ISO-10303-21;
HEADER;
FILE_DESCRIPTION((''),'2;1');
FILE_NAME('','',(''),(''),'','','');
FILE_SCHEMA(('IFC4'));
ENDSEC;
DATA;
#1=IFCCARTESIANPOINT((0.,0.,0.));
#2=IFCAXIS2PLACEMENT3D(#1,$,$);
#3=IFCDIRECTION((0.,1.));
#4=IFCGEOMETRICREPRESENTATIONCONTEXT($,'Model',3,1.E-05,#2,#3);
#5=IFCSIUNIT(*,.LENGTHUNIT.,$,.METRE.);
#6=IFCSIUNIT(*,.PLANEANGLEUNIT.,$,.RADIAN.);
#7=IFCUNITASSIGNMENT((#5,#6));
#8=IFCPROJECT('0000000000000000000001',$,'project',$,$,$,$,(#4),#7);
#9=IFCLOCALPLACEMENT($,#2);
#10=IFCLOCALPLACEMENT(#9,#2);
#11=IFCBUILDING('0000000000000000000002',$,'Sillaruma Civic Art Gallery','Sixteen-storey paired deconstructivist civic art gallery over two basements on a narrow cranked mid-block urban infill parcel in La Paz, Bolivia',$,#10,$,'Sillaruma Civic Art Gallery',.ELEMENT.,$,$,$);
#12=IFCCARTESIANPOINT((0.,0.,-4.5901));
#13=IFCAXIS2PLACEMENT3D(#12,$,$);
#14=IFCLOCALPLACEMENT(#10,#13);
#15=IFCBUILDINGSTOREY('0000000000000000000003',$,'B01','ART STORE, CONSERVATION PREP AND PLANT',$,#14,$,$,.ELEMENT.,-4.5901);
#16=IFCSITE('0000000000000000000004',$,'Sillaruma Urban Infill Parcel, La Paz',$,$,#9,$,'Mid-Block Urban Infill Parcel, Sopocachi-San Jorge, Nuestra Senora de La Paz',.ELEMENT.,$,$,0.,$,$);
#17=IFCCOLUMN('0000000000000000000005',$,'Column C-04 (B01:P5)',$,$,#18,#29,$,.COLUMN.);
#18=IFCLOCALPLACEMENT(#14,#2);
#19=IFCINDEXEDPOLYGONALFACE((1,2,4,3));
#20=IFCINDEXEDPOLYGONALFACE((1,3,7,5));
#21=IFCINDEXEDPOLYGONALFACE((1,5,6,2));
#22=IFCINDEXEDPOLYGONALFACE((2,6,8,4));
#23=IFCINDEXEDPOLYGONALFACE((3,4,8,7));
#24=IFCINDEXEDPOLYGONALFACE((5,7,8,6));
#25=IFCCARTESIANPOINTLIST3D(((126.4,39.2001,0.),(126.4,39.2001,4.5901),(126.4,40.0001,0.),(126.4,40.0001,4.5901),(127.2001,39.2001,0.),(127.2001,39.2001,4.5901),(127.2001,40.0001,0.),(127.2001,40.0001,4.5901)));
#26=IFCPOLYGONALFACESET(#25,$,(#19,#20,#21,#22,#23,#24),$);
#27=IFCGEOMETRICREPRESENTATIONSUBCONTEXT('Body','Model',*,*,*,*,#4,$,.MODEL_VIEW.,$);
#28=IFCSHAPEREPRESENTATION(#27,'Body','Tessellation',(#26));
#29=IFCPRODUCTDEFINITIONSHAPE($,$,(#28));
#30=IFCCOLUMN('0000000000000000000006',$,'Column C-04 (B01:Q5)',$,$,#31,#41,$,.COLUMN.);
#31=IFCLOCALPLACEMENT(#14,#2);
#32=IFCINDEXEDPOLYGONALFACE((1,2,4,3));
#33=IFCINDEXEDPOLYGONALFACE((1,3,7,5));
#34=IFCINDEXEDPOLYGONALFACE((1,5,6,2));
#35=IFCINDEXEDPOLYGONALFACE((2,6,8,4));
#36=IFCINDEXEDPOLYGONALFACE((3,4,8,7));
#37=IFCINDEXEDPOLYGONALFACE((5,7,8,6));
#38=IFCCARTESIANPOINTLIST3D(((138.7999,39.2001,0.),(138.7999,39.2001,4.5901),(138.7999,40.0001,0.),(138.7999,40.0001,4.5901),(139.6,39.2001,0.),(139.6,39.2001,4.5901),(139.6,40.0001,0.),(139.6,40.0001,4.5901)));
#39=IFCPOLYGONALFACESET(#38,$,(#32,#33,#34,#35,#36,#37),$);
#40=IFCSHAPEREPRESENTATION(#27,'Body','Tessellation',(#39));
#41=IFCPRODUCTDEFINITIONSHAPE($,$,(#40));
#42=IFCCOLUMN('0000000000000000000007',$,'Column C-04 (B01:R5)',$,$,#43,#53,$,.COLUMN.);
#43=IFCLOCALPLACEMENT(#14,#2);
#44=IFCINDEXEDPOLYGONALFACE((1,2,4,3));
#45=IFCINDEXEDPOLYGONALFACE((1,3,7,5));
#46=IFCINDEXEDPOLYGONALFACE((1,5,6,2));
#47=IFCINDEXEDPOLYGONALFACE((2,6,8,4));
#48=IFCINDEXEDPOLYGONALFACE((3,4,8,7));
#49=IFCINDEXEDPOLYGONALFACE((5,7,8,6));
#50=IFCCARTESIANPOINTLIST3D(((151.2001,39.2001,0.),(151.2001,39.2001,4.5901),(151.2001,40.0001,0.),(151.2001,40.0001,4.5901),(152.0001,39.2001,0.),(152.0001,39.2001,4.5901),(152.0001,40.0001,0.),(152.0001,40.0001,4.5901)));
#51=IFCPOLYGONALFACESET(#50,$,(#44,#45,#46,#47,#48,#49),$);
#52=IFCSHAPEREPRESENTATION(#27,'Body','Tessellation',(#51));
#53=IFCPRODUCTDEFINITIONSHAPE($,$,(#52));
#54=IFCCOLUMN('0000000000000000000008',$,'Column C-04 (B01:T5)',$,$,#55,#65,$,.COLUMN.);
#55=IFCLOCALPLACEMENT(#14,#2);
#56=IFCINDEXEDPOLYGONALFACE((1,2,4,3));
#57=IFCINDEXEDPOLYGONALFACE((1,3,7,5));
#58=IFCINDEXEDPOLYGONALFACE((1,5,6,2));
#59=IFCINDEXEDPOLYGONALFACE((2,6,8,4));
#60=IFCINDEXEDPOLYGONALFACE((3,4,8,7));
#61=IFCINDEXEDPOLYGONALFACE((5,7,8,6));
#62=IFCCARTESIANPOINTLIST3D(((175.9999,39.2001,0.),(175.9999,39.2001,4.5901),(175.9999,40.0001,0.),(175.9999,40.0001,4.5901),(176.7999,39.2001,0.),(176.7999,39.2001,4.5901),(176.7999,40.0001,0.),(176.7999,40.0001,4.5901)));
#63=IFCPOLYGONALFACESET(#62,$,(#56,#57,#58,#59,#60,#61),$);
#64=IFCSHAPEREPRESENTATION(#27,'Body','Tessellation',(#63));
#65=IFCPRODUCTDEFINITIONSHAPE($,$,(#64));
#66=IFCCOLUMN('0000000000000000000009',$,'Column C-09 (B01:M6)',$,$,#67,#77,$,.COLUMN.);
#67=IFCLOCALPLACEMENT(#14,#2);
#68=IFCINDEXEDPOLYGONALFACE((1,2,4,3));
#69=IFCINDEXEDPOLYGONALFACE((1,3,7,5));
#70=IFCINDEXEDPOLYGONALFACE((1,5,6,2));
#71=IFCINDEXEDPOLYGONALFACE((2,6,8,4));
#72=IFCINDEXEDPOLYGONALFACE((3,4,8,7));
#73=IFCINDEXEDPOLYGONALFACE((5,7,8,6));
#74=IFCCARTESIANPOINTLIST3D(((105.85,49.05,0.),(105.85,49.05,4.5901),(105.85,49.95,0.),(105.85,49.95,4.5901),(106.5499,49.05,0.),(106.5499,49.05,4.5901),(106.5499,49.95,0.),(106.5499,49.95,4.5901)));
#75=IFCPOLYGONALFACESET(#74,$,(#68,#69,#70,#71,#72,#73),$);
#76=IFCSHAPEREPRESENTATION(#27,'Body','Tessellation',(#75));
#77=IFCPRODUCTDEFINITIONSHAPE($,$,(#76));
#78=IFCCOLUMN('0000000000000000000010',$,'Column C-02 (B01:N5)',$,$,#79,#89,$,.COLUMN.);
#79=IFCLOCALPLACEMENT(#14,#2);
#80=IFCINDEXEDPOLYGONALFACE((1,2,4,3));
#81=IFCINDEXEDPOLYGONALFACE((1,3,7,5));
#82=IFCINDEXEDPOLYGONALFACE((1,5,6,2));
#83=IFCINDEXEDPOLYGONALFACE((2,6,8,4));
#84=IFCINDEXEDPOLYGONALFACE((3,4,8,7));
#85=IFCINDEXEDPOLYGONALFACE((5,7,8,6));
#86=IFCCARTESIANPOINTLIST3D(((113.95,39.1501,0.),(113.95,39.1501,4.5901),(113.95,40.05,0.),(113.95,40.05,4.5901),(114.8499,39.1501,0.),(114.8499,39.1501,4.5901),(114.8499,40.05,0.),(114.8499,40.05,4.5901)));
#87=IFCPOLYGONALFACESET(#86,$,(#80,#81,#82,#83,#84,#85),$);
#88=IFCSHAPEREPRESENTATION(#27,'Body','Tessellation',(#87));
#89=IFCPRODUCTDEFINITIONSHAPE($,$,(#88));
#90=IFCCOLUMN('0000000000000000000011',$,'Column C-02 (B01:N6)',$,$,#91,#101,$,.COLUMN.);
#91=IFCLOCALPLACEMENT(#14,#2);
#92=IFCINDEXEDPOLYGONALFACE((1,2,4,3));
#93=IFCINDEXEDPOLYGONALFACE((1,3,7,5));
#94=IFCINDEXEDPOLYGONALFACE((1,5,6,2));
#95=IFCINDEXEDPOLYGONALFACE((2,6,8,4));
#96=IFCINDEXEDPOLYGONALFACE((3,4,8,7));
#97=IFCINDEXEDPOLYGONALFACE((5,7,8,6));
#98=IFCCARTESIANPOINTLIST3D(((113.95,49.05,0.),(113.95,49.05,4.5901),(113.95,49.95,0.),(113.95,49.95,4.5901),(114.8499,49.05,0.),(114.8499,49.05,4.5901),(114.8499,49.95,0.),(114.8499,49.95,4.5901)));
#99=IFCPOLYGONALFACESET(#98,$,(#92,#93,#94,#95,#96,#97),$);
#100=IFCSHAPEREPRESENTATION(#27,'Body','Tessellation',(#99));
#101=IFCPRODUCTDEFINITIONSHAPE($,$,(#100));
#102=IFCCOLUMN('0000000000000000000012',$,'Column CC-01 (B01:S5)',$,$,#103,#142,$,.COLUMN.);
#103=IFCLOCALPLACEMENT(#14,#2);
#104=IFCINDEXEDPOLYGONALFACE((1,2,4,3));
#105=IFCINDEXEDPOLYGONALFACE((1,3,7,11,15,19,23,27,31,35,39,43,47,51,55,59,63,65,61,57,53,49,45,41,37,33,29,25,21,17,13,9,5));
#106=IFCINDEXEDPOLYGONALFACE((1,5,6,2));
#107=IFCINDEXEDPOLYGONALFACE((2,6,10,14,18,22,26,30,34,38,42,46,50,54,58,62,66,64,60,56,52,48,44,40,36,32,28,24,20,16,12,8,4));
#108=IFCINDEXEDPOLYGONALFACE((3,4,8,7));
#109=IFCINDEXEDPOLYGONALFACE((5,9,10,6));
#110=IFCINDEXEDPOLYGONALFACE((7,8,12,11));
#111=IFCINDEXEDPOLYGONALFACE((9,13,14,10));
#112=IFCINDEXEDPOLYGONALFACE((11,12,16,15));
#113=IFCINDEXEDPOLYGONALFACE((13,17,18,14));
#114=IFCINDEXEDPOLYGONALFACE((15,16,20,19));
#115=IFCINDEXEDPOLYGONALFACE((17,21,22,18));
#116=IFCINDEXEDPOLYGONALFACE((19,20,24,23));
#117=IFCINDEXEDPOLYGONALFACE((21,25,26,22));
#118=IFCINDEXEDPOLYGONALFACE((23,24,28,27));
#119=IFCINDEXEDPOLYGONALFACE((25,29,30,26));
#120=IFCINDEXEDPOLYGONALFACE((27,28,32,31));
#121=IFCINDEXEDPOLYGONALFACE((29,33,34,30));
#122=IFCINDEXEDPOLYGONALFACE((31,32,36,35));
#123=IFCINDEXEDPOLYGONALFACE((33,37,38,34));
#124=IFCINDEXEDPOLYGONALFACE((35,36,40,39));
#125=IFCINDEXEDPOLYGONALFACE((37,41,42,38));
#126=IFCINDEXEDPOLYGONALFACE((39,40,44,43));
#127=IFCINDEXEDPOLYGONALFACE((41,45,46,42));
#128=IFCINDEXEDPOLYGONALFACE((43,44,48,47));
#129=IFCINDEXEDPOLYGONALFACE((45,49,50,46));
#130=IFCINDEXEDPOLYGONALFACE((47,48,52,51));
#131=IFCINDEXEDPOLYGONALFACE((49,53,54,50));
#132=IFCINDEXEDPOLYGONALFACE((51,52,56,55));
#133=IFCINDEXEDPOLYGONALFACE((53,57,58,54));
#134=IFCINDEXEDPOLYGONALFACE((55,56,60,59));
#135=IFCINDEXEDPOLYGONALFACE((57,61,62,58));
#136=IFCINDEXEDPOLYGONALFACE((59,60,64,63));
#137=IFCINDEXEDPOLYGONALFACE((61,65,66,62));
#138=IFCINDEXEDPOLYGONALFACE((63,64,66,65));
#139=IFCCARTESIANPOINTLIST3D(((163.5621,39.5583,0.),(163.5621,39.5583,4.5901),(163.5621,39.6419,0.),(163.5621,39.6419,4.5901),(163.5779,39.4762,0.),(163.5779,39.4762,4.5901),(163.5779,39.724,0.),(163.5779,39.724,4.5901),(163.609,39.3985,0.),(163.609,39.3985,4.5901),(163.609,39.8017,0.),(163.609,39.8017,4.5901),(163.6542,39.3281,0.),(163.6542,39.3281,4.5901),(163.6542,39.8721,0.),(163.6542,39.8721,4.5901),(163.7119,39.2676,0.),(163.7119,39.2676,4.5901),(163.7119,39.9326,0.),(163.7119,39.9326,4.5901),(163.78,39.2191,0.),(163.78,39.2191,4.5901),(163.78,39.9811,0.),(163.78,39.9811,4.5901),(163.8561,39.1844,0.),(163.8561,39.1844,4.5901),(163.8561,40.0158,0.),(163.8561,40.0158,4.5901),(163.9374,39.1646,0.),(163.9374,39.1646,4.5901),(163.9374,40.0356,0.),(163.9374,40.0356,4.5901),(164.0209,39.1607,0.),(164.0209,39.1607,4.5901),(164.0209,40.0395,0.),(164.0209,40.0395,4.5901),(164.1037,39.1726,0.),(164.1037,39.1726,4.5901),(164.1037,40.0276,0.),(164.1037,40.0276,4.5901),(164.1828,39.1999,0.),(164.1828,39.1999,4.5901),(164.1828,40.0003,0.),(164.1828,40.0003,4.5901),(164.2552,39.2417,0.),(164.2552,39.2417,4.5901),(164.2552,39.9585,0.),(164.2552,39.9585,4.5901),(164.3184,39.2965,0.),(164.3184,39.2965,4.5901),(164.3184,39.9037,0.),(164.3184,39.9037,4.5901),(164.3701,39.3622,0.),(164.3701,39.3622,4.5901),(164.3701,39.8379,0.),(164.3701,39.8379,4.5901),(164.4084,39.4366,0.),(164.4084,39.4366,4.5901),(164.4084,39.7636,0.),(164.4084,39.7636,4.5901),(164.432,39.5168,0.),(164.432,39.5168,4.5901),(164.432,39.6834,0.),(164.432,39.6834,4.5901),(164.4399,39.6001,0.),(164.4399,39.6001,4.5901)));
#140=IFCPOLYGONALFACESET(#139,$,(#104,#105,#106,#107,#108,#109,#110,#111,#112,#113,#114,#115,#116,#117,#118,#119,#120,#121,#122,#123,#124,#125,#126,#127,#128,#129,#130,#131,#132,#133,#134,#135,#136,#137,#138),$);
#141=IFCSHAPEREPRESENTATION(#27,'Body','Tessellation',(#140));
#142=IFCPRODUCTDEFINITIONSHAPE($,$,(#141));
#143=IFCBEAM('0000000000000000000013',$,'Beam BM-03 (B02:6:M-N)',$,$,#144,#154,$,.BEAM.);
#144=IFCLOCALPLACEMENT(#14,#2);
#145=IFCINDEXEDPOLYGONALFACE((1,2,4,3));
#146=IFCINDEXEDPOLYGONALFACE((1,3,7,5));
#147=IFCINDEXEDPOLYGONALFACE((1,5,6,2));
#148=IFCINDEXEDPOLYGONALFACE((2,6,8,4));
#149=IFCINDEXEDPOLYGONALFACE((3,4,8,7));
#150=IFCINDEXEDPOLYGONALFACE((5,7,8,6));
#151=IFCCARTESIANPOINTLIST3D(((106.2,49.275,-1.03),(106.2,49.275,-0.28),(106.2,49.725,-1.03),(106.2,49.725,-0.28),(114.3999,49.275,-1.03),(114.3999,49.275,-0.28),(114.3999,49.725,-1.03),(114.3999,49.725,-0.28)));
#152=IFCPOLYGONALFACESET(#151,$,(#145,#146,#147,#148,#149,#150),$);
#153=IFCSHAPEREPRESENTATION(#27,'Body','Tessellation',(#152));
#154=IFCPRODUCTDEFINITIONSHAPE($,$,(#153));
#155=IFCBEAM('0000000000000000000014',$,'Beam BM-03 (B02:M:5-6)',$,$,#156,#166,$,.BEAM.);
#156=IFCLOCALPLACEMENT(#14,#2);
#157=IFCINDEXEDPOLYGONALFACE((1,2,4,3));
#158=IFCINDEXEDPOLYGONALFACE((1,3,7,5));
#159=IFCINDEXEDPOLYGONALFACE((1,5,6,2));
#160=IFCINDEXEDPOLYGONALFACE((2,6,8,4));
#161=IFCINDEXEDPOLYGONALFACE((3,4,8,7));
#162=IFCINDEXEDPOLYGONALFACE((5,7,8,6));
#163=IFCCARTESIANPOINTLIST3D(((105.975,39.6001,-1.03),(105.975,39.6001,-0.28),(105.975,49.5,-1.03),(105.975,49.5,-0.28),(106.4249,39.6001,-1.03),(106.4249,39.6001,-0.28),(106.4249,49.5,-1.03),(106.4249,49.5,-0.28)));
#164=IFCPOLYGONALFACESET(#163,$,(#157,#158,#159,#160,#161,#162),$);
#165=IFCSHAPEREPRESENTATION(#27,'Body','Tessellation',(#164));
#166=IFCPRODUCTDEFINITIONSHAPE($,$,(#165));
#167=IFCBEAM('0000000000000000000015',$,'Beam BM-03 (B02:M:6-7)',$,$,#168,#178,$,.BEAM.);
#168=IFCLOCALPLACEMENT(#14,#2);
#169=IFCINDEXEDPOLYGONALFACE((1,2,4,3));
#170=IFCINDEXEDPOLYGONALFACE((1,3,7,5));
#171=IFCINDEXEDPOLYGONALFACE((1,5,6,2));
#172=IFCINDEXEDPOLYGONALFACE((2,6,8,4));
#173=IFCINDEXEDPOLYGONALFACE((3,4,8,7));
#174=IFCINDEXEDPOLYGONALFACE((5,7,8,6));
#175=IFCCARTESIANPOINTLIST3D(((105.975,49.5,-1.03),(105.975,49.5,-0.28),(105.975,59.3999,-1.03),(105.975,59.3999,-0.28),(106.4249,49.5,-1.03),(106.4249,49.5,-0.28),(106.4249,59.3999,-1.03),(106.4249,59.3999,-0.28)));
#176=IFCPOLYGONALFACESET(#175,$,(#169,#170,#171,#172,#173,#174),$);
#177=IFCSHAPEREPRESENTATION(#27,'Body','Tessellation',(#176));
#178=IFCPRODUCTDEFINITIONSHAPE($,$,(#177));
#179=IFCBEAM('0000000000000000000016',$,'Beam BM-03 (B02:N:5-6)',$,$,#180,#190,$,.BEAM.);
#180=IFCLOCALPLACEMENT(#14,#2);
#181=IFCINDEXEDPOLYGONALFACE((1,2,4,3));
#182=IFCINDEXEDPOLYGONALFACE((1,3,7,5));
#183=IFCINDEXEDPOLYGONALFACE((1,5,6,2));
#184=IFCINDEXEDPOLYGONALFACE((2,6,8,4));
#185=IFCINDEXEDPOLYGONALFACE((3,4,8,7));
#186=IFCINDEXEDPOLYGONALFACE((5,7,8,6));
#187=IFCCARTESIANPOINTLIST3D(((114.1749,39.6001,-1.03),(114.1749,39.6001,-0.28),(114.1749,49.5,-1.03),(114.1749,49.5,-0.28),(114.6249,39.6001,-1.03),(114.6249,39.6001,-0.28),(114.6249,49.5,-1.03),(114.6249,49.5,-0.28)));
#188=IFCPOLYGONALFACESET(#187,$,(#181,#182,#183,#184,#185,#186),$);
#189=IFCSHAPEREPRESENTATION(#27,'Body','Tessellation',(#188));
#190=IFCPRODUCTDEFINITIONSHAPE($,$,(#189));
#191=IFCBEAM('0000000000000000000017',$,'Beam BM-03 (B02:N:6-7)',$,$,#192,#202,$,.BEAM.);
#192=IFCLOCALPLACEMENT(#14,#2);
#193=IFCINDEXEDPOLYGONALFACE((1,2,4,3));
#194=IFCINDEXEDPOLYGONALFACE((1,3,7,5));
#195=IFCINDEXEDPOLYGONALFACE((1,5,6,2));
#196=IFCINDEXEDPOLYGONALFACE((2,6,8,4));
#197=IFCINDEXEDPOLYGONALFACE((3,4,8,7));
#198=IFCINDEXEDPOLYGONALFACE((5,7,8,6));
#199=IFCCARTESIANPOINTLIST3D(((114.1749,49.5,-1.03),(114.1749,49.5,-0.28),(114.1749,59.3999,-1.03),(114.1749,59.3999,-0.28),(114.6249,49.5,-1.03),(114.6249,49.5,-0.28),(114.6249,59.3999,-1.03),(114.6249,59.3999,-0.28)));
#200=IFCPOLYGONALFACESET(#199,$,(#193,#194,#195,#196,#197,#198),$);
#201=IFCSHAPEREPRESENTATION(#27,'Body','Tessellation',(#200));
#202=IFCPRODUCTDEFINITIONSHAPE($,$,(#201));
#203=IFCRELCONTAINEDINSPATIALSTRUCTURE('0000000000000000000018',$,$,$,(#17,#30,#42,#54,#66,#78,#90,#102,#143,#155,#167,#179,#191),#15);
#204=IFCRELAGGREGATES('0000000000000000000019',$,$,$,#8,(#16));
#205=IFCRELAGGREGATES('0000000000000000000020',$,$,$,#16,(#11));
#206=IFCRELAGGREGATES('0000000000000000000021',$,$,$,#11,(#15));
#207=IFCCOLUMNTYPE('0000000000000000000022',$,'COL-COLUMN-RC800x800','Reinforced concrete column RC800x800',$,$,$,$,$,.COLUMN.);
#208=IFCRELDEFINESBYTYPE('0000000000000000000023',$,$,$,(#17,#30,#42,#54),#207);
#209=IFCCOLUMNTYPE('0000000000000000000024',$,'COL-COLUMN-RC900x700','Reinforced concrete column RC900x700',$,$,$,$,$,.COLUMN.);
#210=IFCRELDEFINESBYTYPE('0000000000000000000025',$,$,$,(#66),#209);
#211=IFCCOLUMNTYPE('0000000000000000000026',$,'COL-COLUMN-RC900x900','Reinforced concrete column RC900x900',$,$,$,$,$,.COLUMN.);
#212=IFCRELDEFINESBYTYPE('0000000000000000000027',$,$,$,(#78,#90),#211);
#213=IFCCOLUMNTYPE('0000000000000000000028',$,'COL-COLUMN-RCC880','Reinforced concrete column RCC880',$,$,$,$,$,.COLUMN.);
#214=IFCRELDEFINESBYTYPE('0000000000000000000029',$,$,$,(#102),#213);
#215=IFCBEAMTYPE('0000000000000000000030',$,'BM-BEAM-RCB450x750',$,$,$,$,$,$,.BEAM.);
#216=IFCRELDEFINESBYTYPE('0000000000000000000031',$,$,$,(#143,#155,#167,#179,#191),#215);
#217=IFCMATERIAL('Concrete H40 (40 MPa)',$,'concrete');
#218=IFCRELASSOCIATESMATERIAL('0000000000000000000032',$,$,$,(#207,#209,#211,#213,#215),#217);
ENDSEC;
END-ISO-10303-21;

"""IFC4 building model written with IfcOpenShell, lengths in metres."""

from ifc_helpers import new_model, si_unit, direction, frame, origin, origin_2d, place, context, subcontext, project, spatial, rectangle, circle, extrude, material, material_profile, profile_set, type_object, element, save


model = new_model("IFC4")

# Units and contexts
model_context = context("Model", 3, precision=1e-05, world=origin(), true_north=direction((0.0, 1.0)))
body_context = subcontext(model_context, "Body", "Model", "MODEL_VIEW")
ifc_project = project(units=[si_unit("LENGTHUNIT", "METRE"), si_unit("PLANEANGLEUNIT", "RADIAN")], contexts=[model_context])

# Site, building, storey
site_placement = place(None, origin())
site = spatial("IfcSite", under=ifc_project, at=site_placement, Name="Sillaruma Urban Infill Parcel, La Paz", LongName="Mid-Block Urban Infill Parcel, Sopocachi-San Jorge, Nuestra Senora de La Paz", CompositionType="ELEMENT", RefElevation=0.0)
building_placement = place(site_placement, origin())
building = spatial("IfcBuilding", under=site, at=building_placement, Name="Sillaruma Civic Art Gallery", Description="Sixteen-storey paired deconstructivist civic art gallery over two basements on a narrow cranked mid-block urban infill parcel in La Paz, Bolivia", LongName="Sillaruma Civic Art Gallery", CompositionType="ELEMENT")
storey_placement = place(building_placement, frame((0.0, 0.0, -4.5901)))
storey = spatial("IfcBuildingStorey", under=building, at=storey_placement, Name="B01", Description="ART STORE, CONSERVATION PREP AND PLANT", CompositionType="ELEMENT", Elevation=-4.5901)

# Columns
ifc_material = material(Name="Concrete H40 (40 MPa)", Category="concrete")
ifc_material_profile_1 = material_profile(ifc_material, rectangle(XDim=0.8, YDim=0.8, at=origin_2d()), Name="RC800x800")
ifc_profile_set_1 = profile_set([ifc_material_profile_1], Name="Concrete H40 (40 MPa)")
column_type_1 = type_object("IfcColumnType", Name="COL-COLUMN-RC800x800", Description="Reinforced concrete column RC800x800", PredefinedType="COLUMN", material=ifc_profile_set_1)
for number, where, z_axis, x_axis, name in (
    (1, (126.8, 39.6001, 0.0), (0.0, 0.0, 1.0), (1.0, 0.0, 0.0), "Column C-04 (B01:P5)"),
    (2, (139.2, 39.6001, 0.0), (0.0, 0.0, 1.0), (1.0, 0.0, 0.0), "Column C-04 (B01:Q5)"),
    (3, (151.6001, 39.6001, 0.0), (0.0, 0.0, 1.0), (1.0, 0.0, 0.0), "Column C-04 (B01:R5)"),
    (4, (176.3999, 39.6001, 0.0), (0.0, 0.0, 1.0), (1.0, 0.0, 0.0), "Column C-04 (B01:T5)"),
):
    element("IfcColumn", number, at=place(storey_placement, frame(where, z_axis=z_axis, x_axis=x_axis)), inside=storey, type_object=column_type_1, Name=name, PredefinedType="COLUMN", context=body_context, shape_type="SweptSolid", body=[
        extrude(rectangle(XDim=0.8, YDim=0.8, at=origin_2d()), origin(), (0.0, 0.0, 1.0), 4.5901),
    ])
ifc_material_profile_2 = material_profile(ifc_material, rectangle(XDim=0.7, YDim=0.8999, at=origin_2d()), Name="RC900x700")
ifc_profile_set_2 = profile_set([ifc_material_profile_2], Name="Concrete H40 (40 MPa)")
column_type_2 = type_object("IfcColumnType", Name="COL-COLUMN-RC900x700", Description="Reinforced concrete column RC900x700", PredefinedType="COLUMN", material=ifc_profile_set_2)
column_1_placement = place(storey_placement, frame((106.2, 49.5, 0.0), z_axis=(0.0, 0.0, 1.0), x_axis=(1.0, 0.0, 0.0)))
element("IfcColumn", 5, at=column_1_placement, inside=storey, type_object=column_type_2, Name="Column C-09 (B01:M6)", PredefinedType="COLUMN", context=body_context, shape_type="SweptSolid", body=[
    extrude(rectangle(XDim=0.7, YDim=0.8999, at=origin_2d()), origin(), (0.0, 0.0, 1.0), 4.5901),
])
ifc_material_profile_3 = material_profile(ifc_material, rectangle(XDim=0.8999, YDim=0.8999, at=origin_2d()), Name="RC900x900")
ifc_profile_set_3 = profile_set([ifc_material_profile_3], Name="Concrete H40 (40 MPa)")
column_type_3 = type_object("IfcColumnType", Name="COL-COLUMN-RC900x900", Description="Reinforced concrete column RC900x900", PredefinedType="COLUMN", material=ifc_profile_set_3)
for number, where, z_axis, x_axis, name in (
    (6, (114.3999, 39.6001, 0.0), (0.0, 0.0, 1.0), (1.0, 0.0, 0.0), "Column C-02 (B01:N5)"),
    (7, (114.3999, 49.5, 0.0), (0.0, 0.0, 1.0), (1.0, 0.0, 0.0), "Column C-02 (B01:N6)"),
):
    element("IfcColumn", number, at=place(storey_placement, frame(where, z_axis=z_axis, x_axis=x_axis)), inside=storey, type_object=column_type_3, Name=name, PredefinedType="COLUMN", context=body_context, shape_type="SweptSolid", body=[
        extrude(rectangle(XDim=0.8999, YDim=0.8999, at=origin_2d()), origin(), (0.0, 0.0, 1.0), 4.5901),
    ])
ifc_material_profile_4 = material_profile(ifc_material, circle(Radius=0.4399, at=origin_2d()), Name="RCC880")
ifc_profile_set_4 = profile_set([ifc_material_profile_4], Name="Concrete H40 (40 MPa)")
column_type_4 = type_object("IfcColumnType", Name="COL-COLUMN-RCC880", Description="Reinforced concrete column RCC880", PredefinedType="COLUMN", material=ifc_profile_set_4)
column_2_placement = place(storey_placement, frame((164.0, 39.6001, 0.0), z_axis=(0.0, 0.0, 1.0), x_axis=(1.0, 0.0, 0.0)))
element("IfcColumn", 8, at=column_2_placement, inside=storey, type_object=column_type_4, Name="Column CC-01 (B01:S5)", PredefinedType="COLUMN", context=body_context, shape_type="SweptSolid", body=[
    extrude(circle(Radius=0.4399, at=origin_2d()), origin(), (0.0, 0.0, 1.0), 4.5901),
])

# Beams
ifc_material_profile_5 = material_profile(ifc_material, rectangle(XDim=0.45, YDim=0.75, at=origin_2d()), Name="RCB450x750")
ifc_profile_set_5 = profile_set([ifc_material_profile_5], Name="Concrete H40 (40 MPa)")
beam_type_1 = type_object("IfcBeamType", Name="BM-BEAM-RCB450x750", PredefinedType="BEAM", material=ifc_profile_set_5)
beam_1_placement = place(storey_placement, frame((106.2, 49.5, -0.655), z_axis=(1.0, 0.0, 0.0), x_axis=(0.0, 1.0, 0.0)))
element("IfcBeam", 9, at=beam_1_placement, inside=storey, type_object=beam_type_1, Name="Beam BM-03 (B02:6:M-N)", PredefinedType="BEAM", context=body_context, shape_type="SweptSolid", body=[
    extrude(rectangle(XDim=0.45, YDim=0.75, at=origin_2d()), origin(), (0.0, 0.0, 1.0), 8.2),
])
for number, where, z_axis, x_axis, name in (
    (10, (106.2, 39.6001, -0.655), (0.0, 1.0, 0.0), (-1.0, 0.0, 0.0), "Beam BM-03 (B02:M:5-6)"),
    (11, (106.2, 49.5, -0.655), (0.0, 1.0, 0.0), (-1.0, 0.0, 0.0), "Beam BM-03 (B02:M:6-7)"),
    (12, (114.3999, 39.6001, -0.655), (0.0, 1.0, 0.0), (-1.0, 0.0, 0.0), "Beam BM-03 (B02:N:5-6)"),
    (13, (114.3999, 49.5, -0.655), (0.0, 1.0, 0.0), (-1.0, 0.0, 0.0), "Beam BM-03 (B02:N:6-7)"),
):
    element("IfcBeam", number, at=place(storey_placement, frame(where, z_axis=z_axis, x_axis=x_axis)), inside=storey, type_object=beam_type_1, Name=name, PredefinedType="BEAM", context=body_context, shape_type="SweptSolid", body=[
        extrude(rectangle(XDim=0.45, YDim=0.75, at=origin_2d()), origin(), (0.0, 0.0, 1.0), 9.8999),
    ])

save(model, "model.ifc")
